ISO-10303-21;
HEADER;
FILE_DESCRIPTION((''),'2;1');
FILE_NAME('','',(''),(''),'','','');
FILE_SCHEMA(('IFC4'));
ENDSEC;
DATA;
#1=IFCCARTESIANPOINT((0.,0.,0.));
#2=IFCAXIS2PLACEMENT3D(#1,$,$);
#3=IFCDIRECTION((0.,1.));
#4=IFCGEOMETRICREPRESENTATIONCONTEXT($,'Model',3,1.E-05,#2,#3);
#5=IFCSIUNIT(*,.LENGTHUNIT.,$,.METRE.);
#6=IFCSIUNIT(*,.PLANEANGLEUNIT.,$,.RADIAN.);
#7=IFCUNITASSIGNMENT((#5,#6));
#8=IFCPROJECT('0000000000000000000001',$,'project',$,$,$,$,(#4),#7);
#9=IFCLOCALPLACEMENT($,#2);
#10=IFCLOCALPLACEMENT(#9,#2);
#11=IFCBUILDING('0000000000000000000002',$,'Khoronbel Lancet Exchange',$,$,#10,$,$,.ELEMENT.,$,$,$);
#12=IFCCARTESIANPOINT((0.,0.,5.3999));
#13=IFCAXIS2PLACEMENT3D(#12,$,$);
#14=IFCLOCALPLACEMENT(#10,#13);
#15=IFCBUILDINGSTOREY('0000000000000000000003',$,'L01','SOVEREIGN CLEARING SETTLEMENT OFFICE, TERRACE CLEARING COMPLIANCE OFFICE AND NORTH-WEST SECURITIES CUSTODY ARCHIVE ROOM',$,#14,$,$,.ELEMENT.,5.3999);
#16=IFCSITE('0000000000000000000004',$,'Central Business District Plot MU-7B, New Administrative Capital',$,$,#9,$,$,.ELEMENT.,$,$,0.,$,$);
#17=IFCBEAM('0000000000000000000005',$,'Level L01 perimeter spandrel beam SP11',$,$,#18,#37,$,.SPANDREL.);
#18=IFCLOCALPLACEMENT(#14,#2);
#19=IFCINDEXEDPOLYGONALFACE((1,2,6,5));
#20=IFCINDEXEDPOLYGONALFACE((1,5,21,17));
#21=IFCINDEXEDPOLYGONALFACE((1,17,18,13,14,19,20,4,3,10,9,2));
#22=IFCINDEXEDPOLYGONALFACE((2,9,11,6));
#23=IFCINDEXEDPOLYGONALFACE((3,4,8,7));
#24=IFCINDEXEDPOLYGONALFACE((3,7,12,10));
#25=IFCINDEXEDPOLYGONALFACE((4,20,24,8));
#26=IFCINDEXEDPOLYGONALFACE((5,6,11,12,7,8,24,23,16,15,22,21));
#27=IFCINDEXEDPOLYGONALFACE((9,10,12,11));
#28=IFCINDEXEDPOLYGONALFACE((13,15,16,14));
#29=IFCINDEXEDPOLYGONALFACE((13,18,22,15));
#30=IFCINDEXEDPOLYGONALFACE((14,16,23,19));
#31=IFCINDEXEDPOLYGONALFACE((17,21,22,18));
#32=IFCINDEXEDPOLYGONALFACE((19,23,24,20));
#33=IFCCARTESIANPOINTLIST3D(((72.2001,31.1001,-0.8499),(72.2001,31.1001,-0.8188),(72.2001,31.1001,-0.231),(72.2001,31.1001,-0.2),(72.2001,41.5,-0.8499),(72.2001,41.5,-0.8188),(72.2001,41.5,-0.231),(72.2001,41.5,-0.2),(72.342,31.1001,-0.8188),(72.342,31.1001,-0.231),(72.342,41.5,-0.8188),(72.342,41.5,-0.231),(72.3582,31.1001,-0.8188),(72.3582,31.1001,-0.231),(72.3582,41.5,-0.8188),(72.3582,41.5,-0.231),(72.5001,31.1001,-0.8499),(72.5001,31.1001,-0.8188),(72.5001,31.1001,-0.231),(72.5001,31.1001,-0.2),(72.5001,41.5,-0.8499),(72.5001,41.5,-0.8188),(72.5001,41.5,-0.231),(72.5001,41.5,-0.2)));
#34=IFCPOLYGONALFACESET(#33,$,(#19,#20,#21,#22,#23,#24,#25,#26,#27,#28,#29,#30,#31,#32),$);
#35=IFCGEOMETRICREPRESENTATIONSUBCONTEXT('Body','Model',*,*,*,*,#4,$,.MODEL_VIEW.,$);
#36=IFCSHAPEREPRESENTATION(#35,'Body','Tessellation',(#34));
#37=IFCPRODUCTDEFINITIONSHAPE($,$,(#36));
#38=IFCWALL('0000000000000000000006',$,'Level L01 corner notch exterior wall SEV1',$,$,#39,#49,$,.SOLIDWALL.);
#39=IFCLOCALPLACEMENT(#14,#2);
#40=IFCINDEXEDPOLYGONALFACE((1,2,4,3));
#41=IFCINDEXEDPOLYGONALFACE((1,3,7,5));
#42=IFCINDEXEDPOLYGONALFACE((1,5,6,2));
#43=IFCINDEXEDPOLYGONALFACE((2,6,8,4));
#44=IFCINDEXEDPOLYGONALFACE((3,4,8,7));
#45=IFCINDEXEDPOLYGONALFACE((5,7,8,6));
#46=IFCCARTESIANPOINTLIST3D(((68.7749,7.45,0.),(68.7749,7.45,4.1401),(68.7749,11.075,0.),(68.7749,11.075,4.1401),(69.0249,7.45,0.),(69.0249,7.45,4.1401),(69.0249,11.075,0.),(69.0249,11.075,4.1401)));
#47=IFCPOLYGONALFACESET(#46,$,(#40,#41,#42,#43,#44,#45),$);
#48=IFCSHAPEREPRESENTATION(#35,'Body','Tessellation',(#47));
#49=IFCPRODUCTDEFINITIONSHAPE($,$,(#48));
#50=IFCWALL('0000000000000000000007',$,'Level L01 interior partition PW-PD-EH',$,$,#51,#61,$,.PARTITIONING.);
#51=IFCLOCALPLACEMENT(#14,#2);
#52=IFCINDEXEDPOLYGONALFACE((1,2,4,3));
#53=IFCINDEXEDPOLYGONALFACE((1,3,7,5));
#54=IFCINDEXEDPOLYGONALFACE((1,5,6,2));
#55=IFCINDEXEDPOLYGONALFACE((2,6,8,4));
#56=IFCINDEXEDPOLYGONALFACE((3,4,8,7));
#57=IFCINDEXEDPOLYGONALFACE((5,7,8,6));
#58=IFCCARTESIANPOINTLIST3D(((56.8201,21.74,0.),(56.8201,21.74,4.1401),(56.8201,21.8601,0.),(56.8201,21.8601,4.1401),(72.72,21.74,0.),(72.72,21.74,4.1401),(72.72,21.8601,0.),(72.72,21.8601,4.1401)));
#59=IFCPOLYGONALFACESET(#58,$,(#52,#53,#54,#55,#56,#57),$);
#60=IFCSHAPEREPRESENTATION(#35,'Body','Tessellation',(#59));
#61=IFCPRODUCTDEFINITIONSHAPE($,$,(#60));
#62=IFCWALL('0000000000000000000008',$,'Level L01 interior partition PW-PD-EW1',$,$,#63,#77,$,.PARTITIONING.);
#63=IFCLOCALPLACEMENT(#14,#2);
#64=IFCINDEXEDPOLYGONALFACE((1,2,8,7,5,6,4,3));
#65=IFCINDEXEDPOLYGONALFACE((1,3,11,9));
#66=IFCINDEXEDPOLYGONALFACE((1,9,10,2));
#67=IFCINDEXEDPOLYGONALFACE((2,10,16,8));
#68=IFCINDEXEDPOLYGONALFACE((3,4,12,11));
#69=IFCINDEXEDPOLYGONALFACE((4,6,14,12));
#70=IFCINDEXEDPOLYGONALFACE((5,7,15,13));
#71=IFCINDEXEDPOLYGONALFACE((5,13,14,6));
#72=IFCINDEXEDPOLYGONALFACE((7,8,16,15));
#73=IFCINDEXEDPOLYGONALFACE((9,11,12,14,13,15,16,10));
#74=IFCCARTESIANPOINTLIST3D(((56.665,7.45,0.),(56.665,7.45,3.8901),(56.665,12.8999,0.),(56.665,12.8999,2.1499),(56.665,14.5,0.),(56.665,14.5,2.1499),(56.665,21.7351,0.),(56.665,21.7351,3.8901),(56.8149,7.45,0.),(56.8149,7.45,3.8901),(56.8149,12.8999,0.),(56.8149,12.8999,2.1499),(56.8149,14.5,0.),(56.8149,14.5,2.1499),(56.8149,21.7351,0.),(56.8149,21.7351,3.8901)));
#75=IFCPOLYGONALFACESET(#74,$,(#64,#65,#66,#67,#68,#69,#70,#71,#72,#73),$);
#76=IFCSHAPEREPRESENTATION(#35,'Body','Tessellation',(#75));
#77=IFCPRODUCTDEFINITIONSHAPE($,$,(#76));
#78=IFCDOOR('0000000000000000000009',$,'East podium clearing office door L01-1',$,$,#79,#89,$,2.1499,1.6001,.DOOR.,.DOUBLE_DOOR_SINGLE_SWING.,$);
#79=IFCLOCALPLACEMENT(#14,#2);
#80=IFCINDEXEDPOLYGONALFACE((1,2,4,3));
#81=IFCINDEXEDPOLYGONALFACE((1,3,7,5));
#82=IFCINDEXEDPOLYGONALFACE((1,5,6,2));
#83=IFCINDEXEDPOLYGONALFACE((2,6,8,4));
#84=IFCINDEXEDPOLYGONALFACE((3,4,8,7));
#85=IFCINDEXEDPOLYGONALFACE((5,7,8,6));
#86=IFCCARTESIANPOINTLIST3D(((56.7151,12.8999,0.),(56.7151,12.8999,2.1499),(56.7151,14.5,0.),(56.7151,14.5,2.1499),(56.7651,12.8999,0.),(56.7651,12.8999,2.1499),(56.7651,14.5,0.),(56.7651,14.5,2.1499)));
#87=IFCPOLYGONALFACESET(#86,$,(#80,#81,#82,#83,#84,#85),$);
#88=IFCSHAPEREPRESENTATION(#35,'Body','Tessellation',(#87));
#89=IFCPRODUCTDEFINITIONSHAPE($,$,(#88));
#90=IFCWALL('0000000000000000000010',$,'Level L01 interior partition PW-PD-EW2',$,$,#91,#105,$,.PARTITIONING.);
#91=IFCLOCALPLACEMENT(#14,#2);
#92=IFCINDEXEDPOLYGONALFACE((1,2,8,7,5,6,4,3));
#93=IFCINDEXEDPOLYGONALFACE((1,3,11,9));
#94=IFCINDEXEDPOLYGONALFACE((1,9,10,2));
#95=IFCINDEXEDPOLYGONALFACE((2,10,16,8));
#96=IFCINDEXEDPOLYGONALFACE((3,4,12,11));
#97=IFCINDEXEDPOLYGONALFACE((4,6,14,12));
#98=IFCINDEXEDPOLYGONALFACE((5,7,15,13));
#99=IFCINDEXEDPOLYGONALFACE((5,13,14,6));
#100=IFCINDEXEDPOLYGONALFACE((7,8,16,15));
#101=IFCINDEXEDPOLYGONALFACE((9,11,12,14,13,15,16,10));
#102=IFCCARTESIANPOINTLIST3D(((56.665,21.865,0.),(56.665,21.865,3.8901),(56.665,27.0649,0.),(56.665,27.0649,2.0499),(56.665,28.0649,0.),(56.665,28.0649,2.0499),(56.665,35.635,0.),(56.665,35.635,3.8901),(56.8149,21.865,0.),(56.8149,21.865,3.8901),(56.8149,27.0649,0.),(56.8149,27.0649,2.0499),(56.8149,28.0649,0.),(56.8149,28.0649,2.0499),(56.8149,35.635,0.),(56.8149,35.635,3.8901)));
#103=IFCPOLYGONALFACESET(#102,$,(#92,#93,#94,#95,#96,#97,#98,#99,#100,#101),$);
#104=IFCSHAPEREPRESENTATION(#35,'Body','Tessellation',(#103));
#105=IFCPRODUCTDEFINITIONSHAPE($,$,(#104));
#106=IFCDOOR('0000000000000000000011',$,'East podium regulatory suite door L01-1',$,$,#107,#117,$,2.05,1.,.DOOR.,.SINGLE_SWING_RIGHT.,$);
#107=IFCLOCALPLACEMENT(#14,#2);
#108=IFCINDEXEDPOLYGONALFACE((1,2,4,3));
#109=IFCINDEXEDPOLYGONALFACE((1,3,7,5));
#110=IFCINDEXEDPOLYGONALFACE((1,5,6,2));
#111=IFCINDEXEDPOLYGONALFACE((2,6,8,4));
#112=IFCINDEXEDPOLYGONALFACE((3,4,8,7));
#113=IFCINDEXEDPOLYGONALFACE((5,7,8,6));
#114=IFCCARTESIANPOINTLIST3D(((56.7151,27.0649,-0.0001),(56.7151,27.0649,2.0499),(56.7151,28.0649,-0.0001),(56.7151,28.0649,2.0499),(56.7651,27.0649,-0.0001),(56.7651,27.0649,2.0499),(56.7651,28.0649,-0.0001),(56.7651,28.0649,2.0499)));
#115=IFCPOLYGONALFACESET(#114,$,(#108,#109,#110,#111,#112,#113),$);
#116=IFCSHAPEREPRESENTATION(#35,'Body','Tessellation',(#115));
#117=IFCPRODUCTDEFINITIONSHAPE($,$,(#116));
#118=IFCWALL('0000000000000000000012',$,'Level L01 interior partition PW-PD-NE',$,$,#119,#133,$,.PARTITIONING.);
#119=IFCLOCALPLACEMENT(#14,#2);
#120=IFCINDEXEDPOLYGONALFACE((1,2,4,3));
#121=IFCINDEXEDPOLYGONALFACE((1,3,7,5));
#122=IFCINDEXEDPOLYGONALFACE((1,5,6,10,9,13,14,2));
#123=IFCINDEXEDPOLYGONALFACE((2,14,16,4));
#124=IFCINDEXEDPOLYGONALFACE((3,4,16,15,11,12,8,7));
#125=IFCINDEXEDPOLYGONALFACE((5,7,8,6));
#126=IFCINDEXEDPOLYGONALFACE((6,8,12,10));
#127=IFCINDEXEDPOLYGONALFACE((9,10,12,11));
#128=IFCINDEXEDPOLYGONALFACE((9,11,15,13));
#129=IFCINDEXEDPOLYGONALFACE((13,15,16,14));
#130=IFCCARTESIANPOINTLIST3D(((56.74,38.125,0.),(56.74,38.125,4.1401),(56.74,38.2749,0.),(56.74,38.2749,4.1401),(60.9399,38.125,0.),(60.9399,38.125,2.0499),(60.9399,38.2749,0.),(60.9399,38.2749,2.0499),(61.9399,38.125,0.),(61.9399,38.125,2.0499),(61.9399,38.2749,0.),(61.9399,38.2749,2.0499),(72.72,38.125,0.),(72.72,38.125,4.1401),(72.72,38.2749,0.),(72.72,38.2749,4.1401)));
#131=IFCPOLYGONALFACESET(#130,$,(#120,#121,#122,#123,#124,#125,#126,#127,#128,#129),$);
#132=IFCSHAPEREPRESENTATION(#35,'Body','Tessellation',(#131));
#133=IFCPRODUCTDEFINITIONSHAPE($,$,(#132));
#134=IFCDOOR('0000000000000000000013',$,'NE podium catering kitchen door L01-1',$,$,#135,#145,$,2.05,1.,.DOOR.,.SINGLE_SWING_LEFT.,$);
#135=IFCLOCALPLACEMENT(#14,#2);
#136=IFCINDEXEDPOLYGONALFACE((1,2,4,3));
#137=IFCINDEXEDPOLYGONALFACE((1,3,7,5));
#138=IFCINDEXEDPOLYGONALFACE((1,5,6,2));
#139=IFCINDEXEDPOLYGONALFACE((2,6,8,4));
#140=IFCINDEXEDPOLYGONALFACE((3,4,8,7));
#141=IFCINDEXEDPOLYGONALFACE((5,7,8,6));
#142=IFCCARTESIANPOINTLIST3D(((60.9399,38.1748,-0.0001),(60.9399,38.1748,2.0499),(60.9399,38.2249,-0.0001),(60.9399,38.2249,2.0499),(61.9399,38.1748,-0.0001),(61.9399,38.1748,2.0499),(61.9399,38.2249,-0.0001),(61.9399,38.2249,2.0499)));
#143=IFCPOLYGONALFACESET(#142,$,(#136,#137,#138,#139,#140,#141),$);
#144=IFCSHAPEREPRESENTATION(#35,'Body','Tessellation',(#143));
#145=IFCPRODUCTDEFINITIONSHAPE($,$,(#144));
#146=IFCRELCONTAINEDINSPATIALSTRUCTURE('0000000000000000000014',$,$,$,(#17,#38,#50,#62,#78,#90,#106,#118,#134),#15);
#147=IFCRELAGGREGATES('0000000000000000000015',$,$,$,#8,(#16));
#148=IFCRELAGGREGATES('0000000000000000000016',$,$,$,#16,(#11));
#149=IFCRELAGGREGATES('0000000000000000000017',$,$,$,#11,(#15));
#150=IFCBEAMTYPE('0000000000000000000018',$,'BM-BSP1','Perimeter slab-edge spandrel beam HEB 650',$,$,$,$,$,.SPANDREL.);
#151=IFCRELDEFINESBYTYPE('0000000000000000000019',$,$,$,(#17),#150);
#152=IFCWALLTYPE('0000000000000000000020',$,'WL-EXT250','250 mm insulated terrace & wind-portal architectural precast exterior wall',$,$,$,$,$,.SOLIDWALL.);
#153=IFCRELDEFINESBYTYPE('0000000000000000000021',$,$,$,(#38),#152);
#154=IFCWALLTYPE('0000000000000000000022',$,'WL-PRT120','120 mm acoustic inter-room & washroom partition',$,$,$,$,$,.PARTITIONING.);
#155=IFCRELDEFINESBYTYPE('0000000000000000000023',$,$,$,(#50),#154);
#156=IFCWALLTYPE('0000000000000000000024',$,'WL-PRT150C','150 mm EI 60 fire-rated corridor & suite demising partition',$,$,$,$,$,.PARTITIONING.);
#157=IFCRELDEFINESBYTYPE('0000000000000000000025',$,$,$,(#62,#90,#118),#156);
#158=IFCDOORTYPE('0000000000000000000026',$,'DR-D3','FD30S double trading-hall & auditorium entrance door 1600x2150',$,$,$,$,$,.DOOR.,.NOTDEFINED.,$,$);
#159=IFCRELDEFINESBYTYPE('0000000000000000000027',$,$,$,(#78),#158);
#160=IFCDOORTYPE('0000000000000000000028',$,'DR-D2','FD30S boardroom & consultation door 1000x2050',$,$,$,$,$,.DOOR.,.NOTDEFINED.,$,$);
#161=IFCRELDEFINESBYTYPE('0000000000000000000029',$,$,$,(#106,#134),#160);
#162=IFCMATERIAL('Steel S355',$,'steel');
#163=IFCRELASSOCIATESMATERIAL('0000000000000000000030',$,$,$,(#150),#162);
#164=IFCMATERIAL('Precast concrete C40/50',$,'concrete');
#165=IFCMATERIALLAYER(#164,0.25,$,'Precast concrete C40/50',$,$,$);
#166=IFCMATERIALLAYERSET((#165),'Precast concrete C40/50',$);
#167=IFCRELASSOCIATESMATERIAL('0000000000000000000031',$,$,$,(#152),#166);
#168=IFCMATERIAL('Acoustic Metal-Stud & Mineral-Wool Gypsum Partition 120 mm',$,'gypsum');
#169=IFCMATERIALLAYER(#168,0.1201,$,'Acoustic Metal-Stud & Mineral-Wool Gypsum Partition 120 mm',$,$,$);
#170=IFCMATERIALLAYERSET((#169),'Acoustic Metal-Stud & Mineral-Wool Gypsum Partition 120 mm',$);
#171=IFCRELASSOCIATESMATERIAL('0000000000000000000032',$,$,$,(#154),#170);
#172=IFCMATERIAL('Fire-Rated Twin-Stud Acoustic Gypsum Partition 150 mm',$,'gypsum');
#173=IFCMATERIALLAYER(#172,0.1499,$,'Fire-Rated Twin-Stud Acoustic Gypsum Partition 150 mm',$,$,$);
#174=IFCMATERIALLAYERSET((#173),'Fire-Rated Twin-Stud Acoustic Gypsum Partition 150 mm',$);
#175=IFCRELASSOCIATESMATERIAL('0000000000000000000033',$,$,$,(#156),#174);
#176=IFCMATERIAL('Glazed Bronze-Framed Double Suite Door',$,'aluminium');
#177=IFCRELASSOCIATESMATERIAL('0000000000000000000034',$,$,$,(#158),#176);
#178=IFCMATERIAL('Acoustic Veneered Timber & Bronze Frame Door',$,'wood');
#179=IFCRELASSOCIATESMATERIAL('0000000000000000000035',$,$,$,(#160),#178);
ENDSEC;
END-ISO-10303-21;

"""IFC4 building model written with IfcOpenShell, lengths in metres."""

from ifc_helpers import new_model, si_unit, direction, frame, frame_2d, origin, origin_2d, place, context, subcontext, project, spatial, rectangle, i_section, extrude, material, layer, layer_set, material_profile, profile_set, type_object, element, fill, save


model = new_model("IFC4")

# Units and contexts
model_context = context("Model", 3, precision=1e-05, world=origin(), true_north=direction((0.0, 1.0)))
body_context = subcontext(model_context, "Body", "Model", "MODEL_VIEW")
ifc_project = project(units=[si_unit("LENGTHUNIT", "METRE"), si_unit("PLANEANGLEUNIT", "RADIAN")], contexts=[model_context])

# Site, building, storey
site_placement = place(None, origin())
site = spatial("IfcSite", under=ifc_project, at=site_placement, Name="Central Business District Plot MU-7B, New Administrative Capital", CompositionType="ELEMENT", RefElevation=0.0)
building_placement = place(site_placement, origin())
building = spatial("IfcBuilding", under=site, at=building_placement, Name="Khoronbel Lancet Exchange", CompositionType="ELEMENT")
storey_placement = place(building_placement, frame((0.0, 0.0, 5.3999)))
storey = spatial("IfcBuildingStorey", under=building, at=storey_placement, Name="L01", Description="SOVEREIGN CLEARING SETTLEMENT OFFICE, TERRACE CLEARING COMPLIANCE OFFICE AND NORTH-WEST SECURITIES CUSTODY ARCHIVE ROOM", CompositionType="ELEMENT", Elevation=5.3999)

# Shared definitions
ifc_material_1 = material(Name="Steel S355", Category="steel")

# Beam
ifc_material_profile_1 = material_profile(ifc_material_1, i_section(OverallWidth=0.3, OverallDepth=0.6499, WebThickness=0.0161, FlangeThickness=0.031, at=origin_2d()), Name="HEB 650")
ifc_profile_set_1 = profile_set([ifc_material_profile_1], Name="Steel S355")
beam_type_1 = type_object("IfcBeamType", Name="BM-BSP1", Description="Perimeter slab-edge spandrel beam HEB 650", PredefinedType="SPANDREL", material=ifc_profile_set_1)
beam_1_placement = place(storey_placement, frame((72.3501, 31.1001, -0.5249), z_axis=(0.0, 1.0, 0.0), x_axis=(-1.0, 0.0, 0.0)))
element("IfcBeam", 1, at=beam_1_placement, inside=storey, type_object=beam_type_1, Name="Level L01 perimeter spandrel beam SP11", PredefinedType="SPANDREL", context=body_context, shape_type="SweptSolid", body=[
    extrude(i_section(OverallWidth=0.3, OverallDepth=0.6499, WebThickness=0.0161, FlangeThickness=0.031, at=origin_2d()), origin(), (0.0, 0.0, 1.0), 10.3999),
])

# Walls
ifc_material_2 = material(Name="Precast concrete C40/50", Category="concrete")
ifc_layer_1 = layer(ifc_material_2, 0.25, Name="Precast concrete C40/50")
ifc_layer_set_1 = layer_set([ifc_layer_1], Name="Precast concrete C40/50")
wall_type_1 = type_object("IfcWallType", Name="WL-EXT250", Description="250 mm insulated terrace & wind-portal architectural precast exterior wall", PredefinedType="SOLIDWALL", material=ifc_layer_set_1)
wall_1_placement = place(storey_placement, frame((68.8999, 11.075, 0.0), z_axis=(0.0, 0.0, 1.0), x_axis=(0.0, -1.0, 0.0)))
element("IfcWall", 2, at=wall_1_placement, inside=storey, type_object=wall_type_1, Name="Level L01 corner notch exterior wall SEV1", PredefinedType="SOLIDWALL", context=body_context, shape_type="SweptSolid", body=[
    extrude(rectangle(XDim=3.625, YDim=0.25, at=frame_2d((1.8125, 0.0))), origin(), (0.0, 0.0, 1.0), 4.1401),
])
ifc_material_3 = material(Name="Acoustic Metal-Stud & Mineral-Wool Gypsum Partition 120 mm", Category="gypsum")
ifc_layer_2 = layer(ifc_material_3, 0.1201, Name="Acoustic Metal-Stud & Mineral-Wool Gypsum Partition 120 mm")
ifc_layer_set_2 = layer_set([ifc_layer_2], Name="Acoustic Metal-Stud & Mineral-Wool Gypsum Partition 120 mm")
wall_type_2 = type_object("IfcWallType", Name="WL-PRT120", Description="120 mm acoustic inter-room & washroom partition", PredefinedType="PARTITIONING", material=ifc_layer_set_2)
wall_2_placement = place(storey_placement, frame((56.8201, 21.8, 0.0), z_axis=(0.0, 0.0, 1.0), x_axis=(1.0, 0.0, 0.0)))
element("IfcWall", 3, at=wall_2_placement, inside=storey, type_object=wall_type_2, Name="Level L01 interior partition PW-PD-EH", PredefinedType="PARTITIONING", context=body_context, shape_type="SweptSolid", body=[
    extrude(rectangle(XDim=15.8999, YDim=0.1201, at=frame_2d((7.95, 0.0))), origin(), (0.0, 0.0, 1.0), 4.1401),
])

# Walls, openings, doors
ifc_material_4 = material(Name="Fire-Rated Twin-Stud Acoustic Gypsum Partition 150 mm", Category="gypsum")
ifc_layer_3 = layer(ifc_material_4, 0.1499, Name="Fire-Rated Twin-Stud Acoustic Gypsum Partition 150 mm")
ifc_layer_set_3 = layer_set([ifc_layer_3], Name="Fire-Rated Twin-Stud Acoustic Gypsum Partition 150 mm")
wall_type_3 = type_object("IfcWallType", Name="WL-PRT150C", Description="150 mm EI 60 fire-rated corridor & suite demising partition", PredefinedType="PARTITIONING", material=ifc_layer_set_3)
wall_3_placement = place(storey_placement, frame((56.74, 7.45, 0.0), z_axis=(0.0, 0.0, 1.0), x_axis=(0.0, 1.0, 0.0)))
wall_3 = element("IfcWall", 4, at=wall_3_placement, inside=storey, type_object=wall_type_3, Name="Level L01 interior partition PW-PD-EW1", PredefinedType="PARTITIONING", context=body_context, shape_type="SweptSolid", body=[
    extrude(rectangle(XDim=14.2852, YDim=0.1499, at=frame_2d((7.1426, 0.0))), origin(), (0.0, 0.0, 1.0), 3.8901),
])
opening_1_placement = place(wall_3_placement, frame((5.45, 0.0, 0.0)))
opening_1 = element("IfcOpeningElement", 5, at=opening_1_placement, cuts=wall_3, PredefinedType="OPENING", context=body_context, shape_type="SweptSolid", body=[
    extrude(rectangle(XDim=1.6001, YDim=2.1499, at=frame_2d((0.8, 1.075))), frame((0.0, 0.085, 0.0), z_axis=(0.0, -1.0, 0.0), x_axis=(1.0, 0.0, 0.0)), (0.0, 0.0, 1.0), 0.1699),
])
ifc_material_5 = material(Name="Glazed Bronze-Framed Double Suite Door", Category="aluminium")
door_type_1 = type_object("IfcDoorType", Name="DR-D3", Description="FD30S double trading-hall & auditorium entrance door 1600x2150", OperationType="NOTDEFINED", PredefinedType="DOOR", material=ifc_material_5)
door_1_placement = place(opening_1_placement, origin())
door_1 = element("IfcDoor", 6, at=door_1_placement, inside=storey, type_object=door_type_1, Name="East podium clearing office door L01-1", OperationType="DOUBLE_DOOR_SINGLE_SWING", OverallHeight=2.1499, OverallWidth=1.6001, PredefinedType="DOOR", context=body_context, shape_type="SweptSolid", body=[
    extrude(rectangle(XDim=1.6001, YDim=2.1499, at=frame_2d((0.8, 1.075))), frame((0.0, 0.0249, 0.0), z_axis=(0.0, -1.0, 0.0), x_axis=(1.0, 0.0, 0.0)), (0.0, 0.0, 1.0), 0.05),
])
fill(opening_1, door_1)
wall_4_placement = place(storey_placement, frame((56.74, 21.865, 0.0), z_axis=(0.0, 0.0, 1.0), x_axis=(0.0, 1.0, 0.0)))
wall_4 = element("IfcWall", 7, at=wall_4_placement, inside=storey, type_object=wall_type_3, Name="Level L01 interior partition PW-PD-EW2", PredefinedType="PARTITIONING", context=body_context, shape_type="SweptSolid", body=[
    extrude(rectangle(XDim=13.77, YDim=0.1499, at=frame_2d((6.885, 0.0))), origin(), (0.0, 0.0, 1.0), 3.8901),
])
opening_2_placement = place(wall_4_placement, frame((5.2, 0.0, 0.0)))
opening_2 = element("IfcOpeningElement", 8, at=opening_2_placement, cuts=wall_4, PredefinedType="OPENING", context=body_context, shape_type="SweptSolid", body=[
    extrude(rectangle(XDim=1.0, YDim=2.05, at=frame_2d((0.5, 1.0249))), frame((0.0, 0.085, 0.0), z_axis=(0.0, -1.0, 0.0), x_axis=(1.0, 0.0, 0.0)), (0.0, 0.0, 1.0), 0.1699),
])
ifc_material_6 = material(Name="Acoustic Veneered Timber & Bronze Frame Door", Category="wood")
door_type_2 = type_object("IfcDoorType", Name="DR-D2", Description="FD30S boardroom & consultation door 1000x2050", OperationType="NOTDEFINED", PredefinedType="DOOR", material=ifc_material_6)
door_2_placement = place(opening_2_placement, origin())
door_2 = element("IfcDoor", 9, at=door_2_placement, inside=storey, type_object=door_type_2, Name="East podium regulatory suite door L01-1", OperationType="SINGLE_SWING_RIGHT", OverallHeight=2.05, OverallWidth=1.0, PredefinedType="DOOR", context=body_context, shape_type="SweptSolid", body=[
    extrude(rectangle(XDim=1.0, YDim=2.05, at=frame_2d((0.5, 1.0249))), frame((0.0, 0.0249, 0.0), z_axis=(0.0, -1.0, 0.0), x_axis=(1.0, 0.0, 0.0)), (0.0, 0.0, 1.0), 0.05),
])
fill(opening_2, door_2)
wall_5_placement = place(storey_placement, frame((56.74, 38.2, 0.0), z_axis=(0.0, 0.0, 1.0), x_axis=(1.0, 0.0, 0.0)))
wall_5 = element("IfcWall", 10, at=wall_5_placement, inside=storey, type_object=wall_type_3, Name="Level L01 interior partition PW-PD-NE", PredefinedType="PARTITIONING", context=body_context, shape_type="SweptSolid", body=[
    extrude(rectangle(XDim=15.98, YDim=0.1499, at=frame_2d((7.99, 0.0))), origin(), (0.0, 0.0, 1.0), 4.1401),
])
opening_3_placement = place(wall_5_placement, frame((4.2, 0.0, 0.0)))
opening_3 = element("IfcOpeningElement", 11, at=opening_3_placement, cuts=wall_5, PredefinedType="OPENING", context=body_context, shape_type="SweptSolid", body=[
    extrude(rectangle(XDim=1.0, YDim=2.05, at=frame_2d((0.5, 1.0249))), frame((0.0, 0.085, 0.0), z_axis=(0.0, -1.0, 0.0), x_axis=(1.0, 0.0, 0.0)), (0.0, 0.0, 1.0), 0.1699),
])
door_3_placement = place(opening_3_placement, origin())
door_3 = element("IfcDoor", 12, at=door_3_placement, inside=storey, type_object=door_type_2, Name="NE podium catering kitchen door L01-1", OperationType="SINGLE_SWING_LEFT", OverallHeight=2.05, OverallWidth=1.0, PredefinedType="DOOR", context=body_context, shape_type="SweptSolid", body=[
    extrude(rectangle(XDim=1.0, YDim=2.05, at=frame_2d((0.5, 1.0249))), frame((0.0, 0.0249, 0.0), z_axis=(0.0, -1.0, 0.0), x_axis=(1.0, 0.0, 0.0)), (0.0, 0.0, 1.0), 0.05),
])
fill(opening_3, door_3)

save(model, "model.ifc")
